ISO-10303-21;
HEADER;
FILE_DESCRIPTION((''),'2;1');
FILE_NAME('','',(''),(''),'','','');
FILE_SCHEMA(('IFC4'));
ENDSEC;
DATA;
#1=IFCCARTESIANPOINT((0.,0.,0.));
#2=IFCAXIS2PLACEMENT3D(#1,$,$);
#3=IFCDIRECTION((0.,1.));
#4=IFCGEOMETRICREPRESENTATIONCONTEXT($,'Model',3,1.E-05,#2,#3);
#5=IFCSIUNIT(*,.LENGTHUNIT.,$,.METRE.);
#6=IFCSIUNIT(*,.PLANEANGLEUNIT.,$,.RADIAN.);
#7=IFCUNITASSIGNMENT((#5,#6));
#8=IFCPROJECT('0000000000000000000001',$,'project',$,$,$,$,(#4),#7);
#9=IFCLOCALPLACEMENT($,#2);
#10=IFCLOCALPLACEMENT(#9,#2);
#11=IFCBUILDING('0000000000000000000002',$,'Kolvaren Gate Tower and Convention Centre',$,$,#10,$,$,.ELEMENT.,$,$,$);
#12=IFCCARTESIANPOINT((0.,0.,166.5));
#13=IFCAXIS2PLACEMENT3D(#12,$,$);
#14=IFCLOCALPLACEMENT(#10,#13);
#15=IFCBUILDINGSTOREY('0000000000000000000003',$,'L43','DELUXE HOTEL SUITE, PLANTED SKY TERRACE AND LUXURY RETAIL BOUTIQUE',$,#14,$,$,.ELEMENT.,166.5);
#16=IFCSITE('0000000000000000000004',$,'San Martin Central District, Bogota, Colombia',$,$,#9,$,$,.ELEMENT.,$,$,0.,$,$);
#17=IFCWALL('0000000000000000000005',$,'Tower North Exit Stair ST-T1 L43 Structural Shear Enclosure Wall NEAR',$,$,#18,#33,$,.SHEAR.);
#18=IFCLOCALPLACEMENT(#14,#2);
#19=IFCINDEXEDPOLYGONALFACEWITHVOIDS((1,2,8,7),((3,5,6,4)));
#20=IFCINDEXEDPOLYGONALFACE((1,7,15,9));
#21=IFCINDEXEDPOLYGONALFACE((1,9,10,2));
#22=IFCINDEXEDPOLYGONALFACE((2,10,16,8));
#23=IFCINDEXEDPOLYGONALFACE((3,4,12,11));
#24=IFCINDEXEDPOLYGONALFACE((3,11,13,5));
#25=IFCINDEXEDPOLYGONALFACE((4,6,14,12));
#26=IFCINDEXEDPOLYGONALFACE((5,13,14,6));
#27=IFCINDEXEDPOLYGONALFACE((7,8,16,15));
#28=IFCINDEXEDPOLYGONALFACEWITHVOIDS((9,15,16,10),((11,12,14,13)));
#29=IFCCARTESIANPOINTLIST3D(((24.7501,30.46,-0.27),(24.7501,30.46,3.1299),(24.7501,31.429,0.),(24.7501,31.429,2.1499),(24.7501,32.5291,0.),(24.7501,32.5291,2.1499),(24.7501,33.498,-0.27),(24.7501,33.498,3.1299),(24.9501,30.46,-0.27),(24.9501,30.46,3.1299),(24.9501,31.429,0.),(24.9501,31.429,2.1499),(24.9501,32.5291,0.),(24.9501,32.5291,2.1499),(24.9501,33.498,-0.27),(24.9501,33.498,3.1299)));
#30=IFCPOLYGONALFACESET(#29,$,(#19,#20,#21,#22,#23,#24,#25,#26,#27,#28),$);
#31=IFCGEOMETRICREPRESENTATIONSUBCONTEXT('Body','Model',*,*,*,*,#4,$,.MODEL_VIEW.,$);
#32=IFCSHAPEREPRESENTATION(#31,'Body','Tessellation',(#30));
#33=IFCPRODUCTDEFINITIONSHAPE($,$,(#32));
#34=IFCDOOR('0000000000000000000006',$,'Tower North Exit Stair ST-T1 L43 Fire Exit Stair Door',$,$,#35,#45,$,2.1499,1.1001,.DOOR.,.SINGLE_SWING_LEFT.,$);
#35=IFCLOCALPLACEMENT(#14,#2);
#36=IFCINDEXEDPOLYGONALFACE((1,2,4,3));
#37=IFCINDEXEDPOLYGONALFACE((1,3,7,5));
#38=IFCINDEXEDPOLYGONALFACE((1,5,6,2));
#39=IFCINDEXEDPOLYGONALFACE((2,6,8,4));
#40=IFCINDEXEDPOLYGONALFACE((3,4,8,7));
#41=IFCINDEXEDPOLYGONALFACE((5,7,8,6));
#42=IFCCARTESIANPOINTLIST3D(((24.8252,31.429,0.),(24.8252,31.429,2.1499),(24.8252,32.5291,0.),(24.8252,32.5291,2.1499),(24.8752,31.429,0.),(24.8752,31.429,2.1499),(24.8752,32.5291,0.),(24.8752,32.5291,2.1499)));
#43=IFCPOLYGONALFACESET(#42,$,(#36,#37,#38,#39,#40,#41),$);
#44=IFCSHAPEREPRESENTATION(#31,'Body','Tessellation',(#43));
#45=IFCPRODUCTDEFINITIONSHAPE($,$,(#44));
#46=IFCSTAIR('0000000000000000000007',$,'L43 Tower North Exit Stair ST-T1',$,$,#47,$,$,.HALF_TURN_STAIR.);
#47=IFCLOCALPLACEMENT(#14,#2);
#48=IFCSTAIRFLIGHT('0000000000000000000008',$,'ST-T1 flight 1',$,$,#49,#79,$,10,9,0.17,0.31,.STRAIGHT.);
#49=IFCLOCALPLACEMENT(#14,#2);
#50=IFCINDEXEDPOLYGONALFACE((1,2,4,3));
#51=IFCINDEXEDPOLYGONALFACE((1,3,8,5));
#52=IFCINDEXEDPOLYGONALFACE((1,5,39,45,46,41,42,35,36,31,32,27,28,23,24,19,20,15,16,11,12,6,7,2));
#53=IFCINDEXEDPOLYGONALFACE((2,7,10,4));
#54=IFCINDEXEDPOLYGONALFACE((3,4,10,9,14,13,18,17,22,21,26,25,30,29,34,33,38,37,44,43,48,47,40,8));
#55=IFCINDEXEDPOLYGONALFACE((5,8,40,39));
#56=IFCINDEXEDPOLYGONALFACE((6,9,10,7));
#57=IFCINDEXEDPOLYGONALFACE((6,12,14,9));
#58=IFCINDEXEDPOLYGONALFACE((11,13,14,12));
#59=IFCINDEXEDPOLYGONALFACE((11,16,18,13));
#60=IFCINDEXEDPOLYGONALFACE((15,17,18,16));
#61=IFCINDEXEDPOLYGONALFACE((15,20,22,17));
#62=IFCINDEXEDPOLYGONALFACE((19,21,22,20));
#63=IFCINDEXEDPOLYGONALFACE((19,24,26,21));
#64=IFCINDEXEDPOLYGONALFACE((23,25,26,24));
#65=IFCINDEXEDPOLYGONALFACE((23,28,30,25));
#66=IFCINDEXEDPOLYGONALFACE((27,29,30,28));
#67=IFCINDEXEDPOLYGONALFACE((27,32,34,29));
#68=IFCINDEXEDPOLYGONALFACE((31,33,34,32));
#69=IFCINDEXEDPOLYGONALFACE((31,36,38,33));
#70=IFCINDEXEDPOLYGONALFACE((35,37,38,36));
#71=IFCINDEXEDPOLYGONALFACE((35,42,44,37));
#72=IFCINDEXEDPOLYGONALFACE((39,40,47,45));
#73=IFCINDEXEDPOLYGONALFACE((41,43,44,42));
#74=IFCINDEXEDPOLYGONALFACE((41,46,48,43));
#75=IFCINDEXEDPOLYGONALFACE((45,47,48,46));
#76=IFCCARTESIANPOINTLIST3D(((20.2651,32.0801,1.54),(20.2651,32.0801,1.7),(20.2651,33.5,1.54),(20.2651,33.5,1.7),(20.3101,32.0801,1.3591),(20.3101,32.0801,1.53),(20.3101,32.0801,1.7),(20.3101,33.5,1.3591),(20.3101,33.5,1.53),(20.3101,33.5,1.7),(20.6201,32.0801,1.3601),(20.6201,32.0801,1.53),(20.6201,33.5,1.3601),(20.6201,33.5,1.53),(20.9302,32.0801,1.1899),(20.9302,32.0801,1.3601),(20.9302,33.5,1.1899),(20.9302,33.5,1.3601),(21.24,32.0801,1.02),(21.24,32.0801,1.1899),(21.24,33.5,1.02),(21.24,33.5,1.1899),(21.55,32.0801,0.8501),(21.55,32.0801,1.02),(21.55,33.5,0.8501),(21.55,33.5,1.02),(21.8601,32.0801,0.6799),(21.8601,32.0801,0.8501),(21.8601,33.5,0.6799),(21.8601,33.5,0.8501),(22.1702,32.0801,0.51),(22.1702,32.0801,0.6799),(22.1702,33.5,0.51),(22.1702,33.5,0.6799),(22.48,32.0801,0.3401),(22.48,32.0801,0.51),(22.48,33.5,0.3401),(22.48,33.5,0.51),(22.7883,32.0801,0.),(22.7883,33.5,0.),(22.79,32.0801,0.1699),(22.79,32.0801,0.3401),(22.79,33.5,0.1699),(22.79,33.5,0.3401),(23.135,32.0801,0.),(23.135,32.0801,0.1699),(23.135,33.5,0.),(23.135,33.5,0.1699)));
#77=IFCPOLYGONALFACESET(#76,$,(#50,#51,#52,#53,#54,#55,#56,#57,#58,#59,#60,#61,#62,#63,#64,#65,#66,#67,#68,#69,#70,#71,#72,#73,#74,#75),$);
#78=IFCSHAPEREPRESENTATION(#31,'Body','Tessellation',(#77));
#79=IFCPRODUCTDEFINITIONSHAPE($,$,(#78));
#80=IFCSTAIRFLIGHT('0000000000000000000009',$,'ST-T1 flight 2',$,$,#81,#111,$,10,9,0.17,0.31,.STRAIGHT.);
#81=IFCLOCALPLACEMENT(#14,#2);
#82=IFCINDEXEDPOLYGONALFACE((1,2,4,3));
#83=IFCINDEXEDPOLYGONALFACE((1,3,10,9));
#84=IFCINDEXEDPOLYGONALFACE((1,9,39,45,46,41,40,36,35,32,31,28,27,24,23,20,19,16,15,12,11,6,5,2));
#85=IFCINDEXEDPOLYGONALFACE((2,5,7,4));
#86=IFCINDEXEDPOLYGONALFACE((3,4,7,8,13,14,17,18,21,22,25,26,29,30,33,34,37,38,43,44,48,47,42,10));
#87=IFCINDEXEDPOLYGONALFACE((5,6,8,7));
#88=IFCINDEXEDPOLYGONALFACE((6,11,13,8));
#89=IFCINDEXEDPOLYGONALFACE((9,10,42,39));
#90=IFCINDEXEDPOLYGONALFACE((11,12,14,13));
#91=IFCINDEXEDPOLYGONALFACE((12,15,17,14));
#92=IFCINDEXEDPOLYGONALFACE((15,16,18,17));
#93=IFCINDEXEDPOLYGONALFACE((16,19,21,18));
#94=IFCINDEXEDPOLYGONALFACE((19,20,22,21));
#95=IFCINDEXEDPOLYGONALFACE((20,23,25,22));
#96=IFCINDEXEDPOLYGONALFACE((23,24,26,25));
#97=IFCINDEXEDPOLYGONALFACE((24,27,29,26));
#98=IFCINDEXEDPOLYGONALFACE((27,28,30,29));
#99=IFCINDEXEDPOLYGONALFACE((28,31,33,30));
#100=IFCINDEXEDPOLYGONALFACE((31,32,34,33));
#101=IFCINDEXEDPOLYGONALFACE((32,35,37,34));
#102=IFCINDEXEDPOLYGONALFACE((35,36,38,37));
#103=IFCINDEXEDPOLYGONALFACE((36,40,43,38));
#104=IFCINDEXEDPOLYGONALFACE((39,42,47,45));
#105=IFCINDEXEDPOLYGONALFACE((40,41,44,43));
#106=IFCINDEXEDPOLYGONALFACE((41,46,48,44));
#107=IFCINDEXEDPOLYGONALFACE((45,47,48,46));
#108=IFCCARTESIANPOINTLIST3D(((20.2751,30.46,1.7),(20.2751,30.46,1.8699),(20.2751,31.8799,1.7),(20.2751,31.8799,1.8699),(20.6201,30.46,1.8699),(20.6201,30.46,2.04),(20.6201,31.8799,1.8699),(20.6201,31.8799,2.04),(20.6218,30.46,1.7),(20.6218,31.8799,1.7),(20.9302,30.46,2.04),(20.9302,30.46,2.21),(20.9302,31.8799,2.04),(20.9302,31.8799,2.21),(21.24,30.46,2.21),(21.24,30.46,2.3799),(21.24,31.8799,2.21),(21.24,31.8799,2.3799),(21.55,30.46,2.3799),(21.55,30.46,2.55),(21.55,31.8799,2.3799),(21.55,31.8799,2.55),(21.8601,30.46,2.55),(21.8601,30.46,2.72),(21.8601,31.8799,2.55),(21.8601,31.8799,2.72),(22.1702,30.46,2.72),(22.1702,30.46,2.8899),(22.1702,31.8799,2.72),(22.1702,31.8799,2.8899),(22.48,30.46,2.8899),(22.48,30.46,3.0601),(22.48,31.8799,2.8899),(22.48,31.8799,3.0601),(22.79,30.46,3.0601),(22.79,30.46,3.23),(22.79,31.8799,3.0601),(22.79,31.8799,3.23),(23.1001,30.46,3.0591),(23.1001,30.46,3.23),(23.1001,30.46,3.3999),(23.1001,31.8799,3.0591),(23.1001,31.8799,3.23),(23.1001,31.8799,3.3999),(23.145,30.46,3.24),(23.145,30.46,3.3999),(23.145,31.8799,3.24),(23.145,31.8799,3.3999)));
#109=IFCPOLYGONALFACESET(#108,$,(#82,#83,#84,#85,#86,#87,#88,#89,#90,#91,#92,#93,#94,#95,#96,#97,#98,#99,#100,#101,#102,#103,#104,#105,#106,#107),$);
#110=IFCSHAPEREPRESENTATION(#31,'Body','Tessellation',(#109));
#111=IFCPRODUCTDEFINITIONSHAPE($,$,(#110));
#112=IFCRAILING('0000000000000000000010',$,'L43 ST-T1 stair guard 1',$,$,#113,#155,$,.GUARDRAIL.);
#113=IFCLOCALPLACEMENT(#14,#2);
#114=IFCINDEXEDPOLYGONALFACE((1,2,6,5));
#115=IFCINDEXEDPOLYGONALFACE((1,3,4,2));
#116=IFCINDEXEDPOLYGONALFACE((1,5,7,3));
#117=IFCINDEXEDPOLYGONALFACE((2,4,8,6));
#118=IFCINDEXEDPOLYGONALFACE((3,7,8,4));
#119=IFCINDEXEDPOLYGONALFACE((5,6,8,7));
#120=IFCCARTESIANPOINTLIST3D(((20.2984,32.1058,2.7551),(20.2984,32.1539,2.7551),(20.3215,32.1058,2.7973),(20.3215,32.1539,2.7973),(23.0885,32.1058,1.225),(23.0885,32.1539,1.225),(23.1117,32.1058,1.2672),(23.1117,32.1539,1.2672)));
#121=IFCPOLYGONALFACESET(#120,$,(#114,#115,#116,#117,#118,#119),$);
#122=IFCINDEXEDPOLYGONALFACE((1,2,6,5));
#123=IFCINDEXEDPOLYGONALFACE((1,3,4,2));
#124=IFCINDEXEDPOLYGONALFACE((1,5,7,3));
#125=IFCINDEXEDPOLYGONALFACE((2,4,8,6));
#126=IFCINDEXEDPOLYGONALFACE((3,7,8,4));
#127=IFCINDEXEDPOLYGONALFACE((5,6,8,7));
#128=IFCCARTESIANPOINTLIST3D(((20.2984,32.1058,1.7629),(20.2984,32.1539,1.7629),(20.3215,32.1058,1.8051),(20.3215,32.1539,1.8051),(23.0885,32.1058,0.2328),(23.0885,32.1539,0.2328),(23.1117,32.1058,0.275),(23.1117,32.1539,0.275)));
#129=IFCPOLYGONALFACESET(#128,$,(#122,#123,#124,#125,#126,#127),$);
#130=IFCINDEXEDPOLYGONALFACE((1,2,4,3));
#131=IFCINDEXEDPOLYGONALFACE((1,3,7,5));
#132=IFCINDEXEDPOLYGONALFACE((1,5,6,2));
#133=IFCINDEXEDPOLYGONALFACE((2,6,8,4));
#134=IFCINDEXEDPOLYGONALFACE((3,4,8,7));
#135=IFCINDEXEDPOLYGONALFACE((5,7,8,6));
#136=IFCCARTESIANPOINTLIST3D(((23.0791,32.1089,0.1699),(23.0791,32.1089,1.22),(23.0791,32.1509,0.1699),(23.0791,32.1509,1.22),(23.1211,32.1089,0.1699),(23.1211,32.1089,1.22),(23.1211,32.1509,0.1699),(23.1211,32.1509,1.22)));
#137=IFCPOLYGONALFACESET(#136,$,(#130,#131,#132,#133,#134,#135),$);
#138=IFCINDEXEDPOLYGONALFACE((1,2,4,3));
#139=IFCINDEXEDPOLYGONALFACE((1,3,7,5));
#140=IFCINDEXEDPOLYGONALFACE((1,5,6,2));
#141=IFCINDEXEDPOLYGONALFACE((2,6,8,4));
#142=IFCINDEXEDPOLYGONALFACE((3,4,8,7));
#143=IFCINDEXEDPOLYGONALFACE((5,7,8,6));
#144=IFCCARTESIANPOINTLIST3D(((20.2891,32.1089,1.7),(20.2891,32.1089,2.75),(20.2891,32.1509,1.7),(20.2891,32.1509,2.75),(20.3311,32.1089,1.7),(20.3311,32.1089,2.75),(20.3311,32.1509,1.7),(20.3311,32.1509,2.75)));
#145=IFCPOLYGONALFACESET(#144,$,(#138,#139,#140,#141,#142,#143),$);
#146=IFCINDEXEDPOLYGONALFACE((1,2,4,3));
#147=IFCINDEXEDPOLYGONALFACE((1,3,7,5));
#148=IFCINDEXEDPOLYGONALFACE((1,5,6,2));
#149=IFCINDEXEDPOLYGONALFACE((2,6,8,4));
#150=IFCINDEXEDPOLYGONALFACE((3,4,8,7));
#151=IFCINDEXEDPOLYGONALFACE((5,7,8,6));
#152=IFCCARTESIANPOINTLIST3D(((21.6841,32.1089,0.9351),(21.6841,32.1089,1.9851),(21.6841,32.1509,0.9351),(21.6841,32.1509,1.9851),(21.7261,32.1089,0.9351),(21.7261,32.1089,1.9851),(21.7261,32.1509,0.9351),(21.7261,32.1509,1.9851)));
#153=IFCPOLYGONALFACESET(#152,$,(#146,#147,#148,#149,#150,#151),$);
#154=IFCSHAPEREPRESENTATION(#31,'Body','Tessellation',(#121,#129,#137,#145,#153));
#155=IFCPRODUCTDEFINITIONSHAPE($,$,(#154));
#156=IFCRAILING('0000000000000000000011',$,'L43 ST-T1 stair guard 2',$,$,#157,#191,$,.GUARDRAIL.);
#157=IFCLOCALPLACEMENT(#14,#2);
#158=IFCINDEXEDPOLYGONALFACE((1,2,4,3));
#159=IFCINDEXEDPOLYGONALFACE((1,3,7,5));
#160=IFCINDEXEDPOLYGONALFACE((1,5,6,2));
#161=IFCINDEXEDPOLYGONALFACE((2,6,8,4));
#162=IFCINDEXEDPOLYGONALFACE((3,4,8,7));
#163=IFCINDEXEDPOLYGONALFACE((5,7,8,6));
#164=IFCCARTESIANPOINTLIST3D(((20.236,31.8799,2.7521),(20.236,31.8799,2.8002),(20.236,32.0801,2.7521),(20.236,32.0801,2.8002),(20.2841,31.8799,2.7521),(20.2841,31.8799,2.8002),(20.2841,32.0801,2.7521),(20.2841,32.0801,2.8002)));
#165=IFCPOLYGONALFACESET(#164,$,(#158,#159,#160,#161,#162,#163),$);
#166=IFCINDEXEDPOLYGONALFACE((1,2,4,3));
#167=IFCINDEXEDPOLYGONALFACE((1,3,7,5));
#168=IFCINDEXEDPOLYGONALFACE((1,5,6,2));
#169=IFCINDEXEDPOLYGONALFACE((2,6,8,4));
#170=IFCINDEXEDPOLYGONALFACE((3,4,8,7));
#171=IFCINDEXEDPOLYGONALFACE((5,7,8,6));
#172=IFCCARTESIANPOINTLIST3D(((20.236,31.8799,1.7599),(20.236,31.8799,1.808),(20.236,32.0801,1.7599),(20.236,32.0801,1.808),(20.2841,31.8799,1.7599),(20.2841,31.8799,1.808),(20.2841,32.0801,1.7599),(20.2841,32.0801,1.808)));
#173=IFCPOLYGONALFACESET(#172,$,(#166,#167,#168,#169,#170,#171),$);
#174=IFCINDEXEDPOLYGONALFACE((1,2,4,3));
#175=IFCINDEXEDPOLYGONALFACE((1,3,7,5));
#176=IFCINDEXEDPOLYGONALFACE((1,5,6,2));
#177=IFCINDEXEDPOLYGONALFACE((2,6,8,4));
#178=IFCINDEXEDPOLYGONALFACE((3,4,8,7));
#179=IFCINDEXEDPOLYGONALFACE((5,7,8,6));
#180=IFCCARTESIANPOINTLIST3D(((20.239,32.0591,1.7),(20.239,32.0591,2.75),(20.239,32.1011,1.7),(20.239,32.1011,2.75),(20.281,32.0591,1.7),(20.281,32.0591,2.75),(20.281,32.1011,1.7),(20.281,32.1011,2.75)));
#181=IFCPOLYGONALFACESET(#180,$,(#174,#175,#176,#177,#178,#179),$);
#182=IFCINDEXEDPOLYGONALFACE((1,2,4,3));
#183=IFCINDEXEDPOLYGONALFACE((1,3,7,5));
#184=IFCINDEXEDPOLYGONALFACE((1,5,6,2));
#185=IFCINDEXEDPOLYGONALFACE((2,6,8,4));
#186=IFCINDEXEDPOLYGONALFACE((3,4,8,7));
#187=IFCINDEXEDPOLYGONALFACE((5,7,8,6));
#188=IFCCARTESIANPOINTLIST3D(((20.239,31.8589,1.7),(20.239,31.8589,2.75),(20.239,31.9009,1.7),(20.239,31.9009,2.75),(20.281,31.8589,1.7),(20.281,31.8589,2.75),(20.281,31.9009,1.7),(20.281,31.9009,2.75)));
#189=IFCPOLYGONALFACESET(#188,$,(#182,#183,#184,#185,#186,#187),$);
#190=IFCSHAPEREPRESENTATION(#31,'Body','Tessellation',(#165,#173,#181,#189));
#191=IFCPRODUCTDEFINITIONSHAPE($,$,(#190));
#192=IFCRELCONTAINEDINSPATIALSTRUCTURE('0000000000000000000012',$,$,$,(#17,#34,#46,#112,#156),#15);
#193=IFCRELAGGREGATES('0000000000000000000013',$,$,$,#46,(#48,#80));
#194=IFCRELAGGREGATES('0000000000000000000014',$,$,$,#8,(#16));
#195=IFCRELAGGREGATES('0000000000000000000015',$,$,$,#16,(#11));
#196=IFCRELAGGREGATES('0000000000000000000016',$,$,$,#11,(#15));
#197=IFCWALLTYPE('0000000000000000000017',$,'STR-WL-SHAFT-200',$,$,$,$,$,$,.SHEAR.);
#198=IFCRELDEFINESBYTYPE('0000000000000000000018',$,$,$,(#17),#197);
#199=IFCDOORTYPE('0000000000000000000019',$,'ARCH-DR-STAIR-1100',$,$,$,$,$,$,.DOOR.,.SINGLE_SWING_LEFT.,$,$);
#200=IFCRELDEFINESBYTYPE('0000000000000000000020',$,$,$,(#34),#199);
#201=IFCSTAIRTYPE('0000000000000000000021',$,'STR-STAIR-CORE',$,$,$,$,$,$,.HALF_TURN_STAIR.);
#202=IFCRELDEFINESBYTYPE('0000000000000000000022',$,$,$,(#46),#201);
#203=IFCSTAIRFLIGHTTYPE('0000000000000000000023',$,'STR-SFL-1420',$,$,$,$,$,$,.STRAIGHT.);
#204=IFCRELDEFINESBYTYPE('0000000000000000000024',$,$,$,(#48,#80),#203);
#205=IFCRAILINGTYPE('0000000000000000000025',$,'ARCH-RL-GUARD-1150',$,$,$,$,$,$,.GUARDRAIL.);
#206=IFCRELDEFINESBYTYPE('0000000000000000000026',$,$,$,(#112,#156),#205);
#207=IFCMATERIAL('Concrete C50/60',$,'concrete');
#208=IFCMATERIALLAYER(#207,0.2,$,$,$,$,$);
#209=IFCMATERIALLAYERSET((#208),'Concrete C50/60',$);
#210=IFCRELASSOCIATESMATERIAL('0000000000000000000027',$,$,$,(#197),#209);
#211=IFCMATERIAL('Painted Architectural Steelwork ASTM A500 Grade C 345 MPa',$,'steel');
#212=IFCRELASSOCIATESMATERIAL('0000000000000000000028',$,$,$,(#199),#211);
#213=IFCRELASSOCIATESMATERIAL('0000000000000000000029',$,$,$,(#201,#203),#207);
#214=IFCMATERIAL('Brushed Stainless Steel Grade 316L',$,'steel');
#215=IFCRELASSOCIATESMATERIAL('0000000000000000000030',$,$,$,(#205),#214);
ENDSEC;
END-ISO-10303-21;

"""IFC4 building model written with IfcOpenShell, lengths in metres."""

from ifc_helpers import new_model, si_unit, direction, frame, frame_2d, origin, origin_2d, place, context, subcontext, project, spatial, polyline, rectangle, outline, extrude, material, layer, layer_set, type_object, element, fill, aggregate, save


model = new_model("IFC4")

# Units and contexts
model_context = context("Model", 3, precision=1e-05, world=origin(), true_north=direction((0.0, 1.0)))
body_context = subcontext(model_context, "Body", "Model", "MODEL_VIEW")
ifc_project = project(units=[si_unit("LENGTHUNIT", "METRE"), si_unit("PLANEANGLEUNIT", "RADIAN")], contexts=[model_context])

# Site, building, storey
site_placement = place(None, origin())
site = spatial("IfcSite", under=ifc_project, at=site_placement, Name="San Martin Central District, Bogota, Colombia", CompositionType="ELEMENT", RefElevation=0.0)
building_placement = place(site_placement, origin())
building = spatial("IfcBuilding", under=site, at=building_placement, Name="Kolvaren Gate Tower and Convention Centre", CompositionType="ELEMENT")
storey_placement = place(building_placement, frame((0.0, 0.0, 166.5)))
storey = spatial("IfcBuildingStorey", under=building, at=storey_placement, Name="L43", Description="DELUXE HOTEL SUITE, PLANTED SKY TERRACE AND LUXURY RETAIL BOUTIQUE", CompositionType="ELEMENT", Elevation=166.5)

# Shared definitions
ifc_material_1 = material(Name="Brushed Stainless Steel Grade 316L", Category="steel")

# Wall, opening, door
ifc_material_2 = material(Name="Concrete C50/60", Category="concrete")
ifc_layer_1 = layer(ifc_material_2, 0.2)
ifc_layer_set_1 = layer_set([ifc_layer_1], Name="Concrete C50/60")
wall_type_1 = type_object("IfcWallType", Name="STR-WL-SHAFT-200", PredefinedType="SHEAR", material=ifc_layer_set_1)
wall_1_placement = place(storey_placement, frame((24.8501, 30.46, -0.27), z_axis=(0.0, 0.0, 1.0), x_axis=(0.0, 1.0, 0.0)))
wall_1 = element("IfcWall", 1, at=wall_1_placement, inside=storey, type_object=wall_type_1, Name="Tower North Exit Stair ST-T1 L43 Structural Shear Enclosure Wall NEAR", PredefinedType="SHEAR", context=body_context, shape_type="SweptSolid", body=[
    extrude(rectangle(XDim=3.0381, YDim=0.2, at=frame_2d((1.519, 0.0))), origin(), (0.0, 0.0, 1.0), 3.3999),
])
opening_1_placement = place(wall_1_placement, frame((0.969, 0.0, 0.27)))
opening_1 = element("IfcOpeningElement", 2, at=opening_1_placement, cuts=wall_1, PredefinedType="OPENING", context=body_context, shape_type="SweptSolid", body=[
    extrude(rectangle(XDim=1.1001, YDim=2.1499, at=frame_2d((0.55, 1.075))), frame((0.0, 0.1099, 0.0), z_axis=(0.0, -1.0, 0.0), x_axis=(1.0, 0.0, 0.0)), (0.0, 0.0, 1.0), 0.22),
])
ifc_material_3 = material(Name="Painted Architectural Steelwork ASTM A500 Grade C 345 MPa", Category="steel")
door_type_1 = type_object("IfcDoorType", Name="ARCH-DR-STAIR-1100", OperationType="SINGLE_SWING_LEFT", PredefinedType="DOOR", material=ifc_material_3)
door_1_placement = place(opening_1_placement, origin())
door_1 = element("IfcDoor", 3, at=door_1_placement, inside=storey, type_object=door_type_1, Name="Tower North Exit Stair ST-T1 L43 Fire Exit Stair Door", OperationType="SINGLE_SWING_LEFT", OverallHeight=2.1499, OverallWidth=1.1001, PredefinedType="DOOR", context=body_context, shape_type="SweptSolid", body=[
    extrude(rectangle(XDim=1.1001, YDim=2.1499, at=frame_2d((0.55, 1.075))), frame((0.0, 0.0249, 0.0), z_axis=(0.0, -1.0, 0.0), x_axis=(1.0, 0.0, 0.0)), (0.0, 0.0, 1.0), 0.05),
])
fill(opening_1, door_1)

# Stair, stair flights
stair_type = type_object("IfcStairType", Name="STR-STAIR-CORE", PredefinedType="HALF_TURN_STAIR", material=ifc_material_2)
stair_placement = place(storey_placement, origin())
stair = element("IfcStair", 4, at=stair_placement, inside=storey, type_object=stair_type, Name="L43 Tower North Exit Stair ST-T1", PredefinedType="HALF_TURN_STAIR")
stair_flight_type = type_object("IfcStairFlightType", Name="STR-SFL-1420", PredefinedType="STRAIGHT", material=ifc_material_2)
stair_flight_1_placement = place(storey_placement, frame((23.1001, 32.79, 0.0), z_axis=(0.0, 0.0, 1.0), x_axis=(-1.0, 0.0, 0.0)))
stair_flight_1 = element("IfcStairFlight", 5, at=stair_flight_1_placement, type_object=stair_flight_type, Name="ST-T1 flight 1", NumberOfRisers=10, NumberOfTreads=9, PredefinedType="STRAIGHT", RiserHeight=0.17, TreadLength=0.31, context=body_context, shape_type="SweptSolid", body=[
    extrude(outline(polyline([(-0.0349, 0.0), (-0.0349, 0.1699), (0.3101, 0.1699), (0.3101, 0.3401), (0.6201, 0.3401), (0.6201, 0.51), (0.9299, 0.51), (0.9299, 0.6799), (1.24, 0.6799), (1.24, 0.8501), (1.55, 0.8501), (1.55, 1.02), (1.8601, 1.02), (1.8601, 1.1899), (2.1699, 1.1899), (2.1699, 1.3601), (2.48, 1.3601), (2.48, 1.53), (2.79, 1.53), (2.79, 1.7), (2.835, 1.7), (2.835, 1.54), (2.79, 1.3591), (0.3118, 0.0), (-0.0349, 0.0)])), frame((0.0, 0.71, 0.0), z_axis=(0.0, -1.0, 0.0), x_axis=(1.0, 0.0, 0.0)), (0.0, 0.0, 1.0), 1.4199),
])
stair_flight_2_placement = place(storey_placement, frame((20.3101, 31.1699, 1.7), z_axis=(0.0, 0.0, 1.0), x_axis=(1.0, 0.0, 0.0)))
stair_flight_2 = element("IfcStairFlight", 6, at=stair_flight_2_placement, type_object=stair_flight_type, Name="ST-T1 flight 2", NumberOfRisers=10, NumberOfTreads=9, PredefinedType="STRAIGHT", RiserHeight=0.17, TreadLength=0.31, context=body_context, shape_type="SweptSolid", body=[
    extrude(outline(polyline([(-0.0349, 0.0), (-0.0349, 0.1699), (0.3101, 0.1699), (0.3101, 0.3401), (0.6201, 0.3401), (0.6201, 0.51), (0.9299, 0.51), (0.9299, 0.6799), (1.24, 0.6799), (1.24, 0.8501), (1.55, 0.8501), (1.55, 1.02), (1.8601, 1.02), (1.8601, 1.1899), (2.1699, 1.1899), (2.1699, 1.3601), (2.48, 1.3601), (2.48, 1.53), (2.79, 1.53), (2.79, 1.7), (2.835, 1.7), (2.835, 1.54), (2.79, 1.3591), (0.3118, 0.0), (-0.0349, 0.0)])), frame((0.0, 0.71, 0.0), z_axis=(0.0, -1.0, 0.0), x_axis=(1.0, 0.0, 0.0)), (0.0, 0.0, 1.0), 1.4199),
])
aggregate(stair, [stair_flight_1, stair_flight_2])

# Railings
railing_type_1 = type_object("IfcRailingType", Name="ARCH-RL-GUARD-1150", PredefinedType="GUARDRAIL", material=ifc_material_1)
railing_1_placement = place(storey_placement, frame((23.1001, 32.1299, 0.1699)))
element("IfcRailing", 7, at=railing_1_placement, inside=storey, type_object=railing_type_1, Name="L43 ST-T1 stair guard 1", PredefinedType="GUARDRAIL", context=body_context, shape_type="SweptSolid", body=[
    extrude(rectangle(XDim=0.0481, YDim=0.0481, at=origin_2d()), frame((0.0, 0.0, 1.0762), z_axis=(-0.876811, 0.0, 0.480835), x_axis=(0.0, -1.0, 0.0)), (0.0, 0.0, 1.0), 3.1821),
    extrude(rectangle(XDim=0.0481, YDim=0.0481, at=origin_2d()), frame((0.0, 0.0, 0.084), z_axis=(-0.876811, 0.0, 0.480835), x_axis=(0.0, -1.0, 0.0)), (0.0, 0.0, 1.0), 3.1821),
    extrude(rectangle(XDim=0.042, YDim=0.042, at=origin_2d()), origin(), (0.0, 0.0, 1.0), 1.05),
    extrude(rectangle(XDim=0.042, YDim=0.042, at=origin_2d()), frame((-2.79, 0.0, 1.53)), (0.0, 0.0, 1.0), 1.05),
    extrude(rectangle(XDim=0.042, YDim=0.042, at=origin_2d()), frame((-1.395, 0.0, 0.7651)), (0.0, 0.0, 1.0), 1.05),
])
railing_2_placement = place(storey_placement, frame((20.26, 32.0801, 1.7)))
element("IfcRailing", 8, at=railing_2_placement, inside=storey, type_object=railing_type_1, Name="L43 ST-T1 stair guard 2", PredefinedType="GUARDRAIL", context=body_context, shape_type="SweptSolid", body=[
    extrude(rectangle(XDim=0.0481, YDim=0.0481, at=origin_2d()), frame((0.0, 0.0, 1.0762), z_axis=(0.0, -1.0, 0.0), x_axis=(1.0, 0.0, 0.0)), (0.0, 0.0, 1.0), 0.2002),
    extrude(rectangle(XDim=0.0481, YDim=0.0481, at=origin_2d()), frame((0.0, 0.0, 0.084), z_axis=(0.0, -1.0, 0.0), x_axis=(1.0, 0.0, 0.0)), (0.0, 0.0, 1.0), 0.2002),
    extrude(rectangle(XDim=0.042, YDim=0.042, at=origin_2d()), origin(), (0.0, 0.0, 1.0), 1.05),
    extrude(rectangle(XDim=0.042, YDim=0.042, at=origin_2d()), frame((0.0, -0.2002, 0.0)), (0.0, 0.0, 1.0), 1.05),
])

save(model, "model.ifc")
